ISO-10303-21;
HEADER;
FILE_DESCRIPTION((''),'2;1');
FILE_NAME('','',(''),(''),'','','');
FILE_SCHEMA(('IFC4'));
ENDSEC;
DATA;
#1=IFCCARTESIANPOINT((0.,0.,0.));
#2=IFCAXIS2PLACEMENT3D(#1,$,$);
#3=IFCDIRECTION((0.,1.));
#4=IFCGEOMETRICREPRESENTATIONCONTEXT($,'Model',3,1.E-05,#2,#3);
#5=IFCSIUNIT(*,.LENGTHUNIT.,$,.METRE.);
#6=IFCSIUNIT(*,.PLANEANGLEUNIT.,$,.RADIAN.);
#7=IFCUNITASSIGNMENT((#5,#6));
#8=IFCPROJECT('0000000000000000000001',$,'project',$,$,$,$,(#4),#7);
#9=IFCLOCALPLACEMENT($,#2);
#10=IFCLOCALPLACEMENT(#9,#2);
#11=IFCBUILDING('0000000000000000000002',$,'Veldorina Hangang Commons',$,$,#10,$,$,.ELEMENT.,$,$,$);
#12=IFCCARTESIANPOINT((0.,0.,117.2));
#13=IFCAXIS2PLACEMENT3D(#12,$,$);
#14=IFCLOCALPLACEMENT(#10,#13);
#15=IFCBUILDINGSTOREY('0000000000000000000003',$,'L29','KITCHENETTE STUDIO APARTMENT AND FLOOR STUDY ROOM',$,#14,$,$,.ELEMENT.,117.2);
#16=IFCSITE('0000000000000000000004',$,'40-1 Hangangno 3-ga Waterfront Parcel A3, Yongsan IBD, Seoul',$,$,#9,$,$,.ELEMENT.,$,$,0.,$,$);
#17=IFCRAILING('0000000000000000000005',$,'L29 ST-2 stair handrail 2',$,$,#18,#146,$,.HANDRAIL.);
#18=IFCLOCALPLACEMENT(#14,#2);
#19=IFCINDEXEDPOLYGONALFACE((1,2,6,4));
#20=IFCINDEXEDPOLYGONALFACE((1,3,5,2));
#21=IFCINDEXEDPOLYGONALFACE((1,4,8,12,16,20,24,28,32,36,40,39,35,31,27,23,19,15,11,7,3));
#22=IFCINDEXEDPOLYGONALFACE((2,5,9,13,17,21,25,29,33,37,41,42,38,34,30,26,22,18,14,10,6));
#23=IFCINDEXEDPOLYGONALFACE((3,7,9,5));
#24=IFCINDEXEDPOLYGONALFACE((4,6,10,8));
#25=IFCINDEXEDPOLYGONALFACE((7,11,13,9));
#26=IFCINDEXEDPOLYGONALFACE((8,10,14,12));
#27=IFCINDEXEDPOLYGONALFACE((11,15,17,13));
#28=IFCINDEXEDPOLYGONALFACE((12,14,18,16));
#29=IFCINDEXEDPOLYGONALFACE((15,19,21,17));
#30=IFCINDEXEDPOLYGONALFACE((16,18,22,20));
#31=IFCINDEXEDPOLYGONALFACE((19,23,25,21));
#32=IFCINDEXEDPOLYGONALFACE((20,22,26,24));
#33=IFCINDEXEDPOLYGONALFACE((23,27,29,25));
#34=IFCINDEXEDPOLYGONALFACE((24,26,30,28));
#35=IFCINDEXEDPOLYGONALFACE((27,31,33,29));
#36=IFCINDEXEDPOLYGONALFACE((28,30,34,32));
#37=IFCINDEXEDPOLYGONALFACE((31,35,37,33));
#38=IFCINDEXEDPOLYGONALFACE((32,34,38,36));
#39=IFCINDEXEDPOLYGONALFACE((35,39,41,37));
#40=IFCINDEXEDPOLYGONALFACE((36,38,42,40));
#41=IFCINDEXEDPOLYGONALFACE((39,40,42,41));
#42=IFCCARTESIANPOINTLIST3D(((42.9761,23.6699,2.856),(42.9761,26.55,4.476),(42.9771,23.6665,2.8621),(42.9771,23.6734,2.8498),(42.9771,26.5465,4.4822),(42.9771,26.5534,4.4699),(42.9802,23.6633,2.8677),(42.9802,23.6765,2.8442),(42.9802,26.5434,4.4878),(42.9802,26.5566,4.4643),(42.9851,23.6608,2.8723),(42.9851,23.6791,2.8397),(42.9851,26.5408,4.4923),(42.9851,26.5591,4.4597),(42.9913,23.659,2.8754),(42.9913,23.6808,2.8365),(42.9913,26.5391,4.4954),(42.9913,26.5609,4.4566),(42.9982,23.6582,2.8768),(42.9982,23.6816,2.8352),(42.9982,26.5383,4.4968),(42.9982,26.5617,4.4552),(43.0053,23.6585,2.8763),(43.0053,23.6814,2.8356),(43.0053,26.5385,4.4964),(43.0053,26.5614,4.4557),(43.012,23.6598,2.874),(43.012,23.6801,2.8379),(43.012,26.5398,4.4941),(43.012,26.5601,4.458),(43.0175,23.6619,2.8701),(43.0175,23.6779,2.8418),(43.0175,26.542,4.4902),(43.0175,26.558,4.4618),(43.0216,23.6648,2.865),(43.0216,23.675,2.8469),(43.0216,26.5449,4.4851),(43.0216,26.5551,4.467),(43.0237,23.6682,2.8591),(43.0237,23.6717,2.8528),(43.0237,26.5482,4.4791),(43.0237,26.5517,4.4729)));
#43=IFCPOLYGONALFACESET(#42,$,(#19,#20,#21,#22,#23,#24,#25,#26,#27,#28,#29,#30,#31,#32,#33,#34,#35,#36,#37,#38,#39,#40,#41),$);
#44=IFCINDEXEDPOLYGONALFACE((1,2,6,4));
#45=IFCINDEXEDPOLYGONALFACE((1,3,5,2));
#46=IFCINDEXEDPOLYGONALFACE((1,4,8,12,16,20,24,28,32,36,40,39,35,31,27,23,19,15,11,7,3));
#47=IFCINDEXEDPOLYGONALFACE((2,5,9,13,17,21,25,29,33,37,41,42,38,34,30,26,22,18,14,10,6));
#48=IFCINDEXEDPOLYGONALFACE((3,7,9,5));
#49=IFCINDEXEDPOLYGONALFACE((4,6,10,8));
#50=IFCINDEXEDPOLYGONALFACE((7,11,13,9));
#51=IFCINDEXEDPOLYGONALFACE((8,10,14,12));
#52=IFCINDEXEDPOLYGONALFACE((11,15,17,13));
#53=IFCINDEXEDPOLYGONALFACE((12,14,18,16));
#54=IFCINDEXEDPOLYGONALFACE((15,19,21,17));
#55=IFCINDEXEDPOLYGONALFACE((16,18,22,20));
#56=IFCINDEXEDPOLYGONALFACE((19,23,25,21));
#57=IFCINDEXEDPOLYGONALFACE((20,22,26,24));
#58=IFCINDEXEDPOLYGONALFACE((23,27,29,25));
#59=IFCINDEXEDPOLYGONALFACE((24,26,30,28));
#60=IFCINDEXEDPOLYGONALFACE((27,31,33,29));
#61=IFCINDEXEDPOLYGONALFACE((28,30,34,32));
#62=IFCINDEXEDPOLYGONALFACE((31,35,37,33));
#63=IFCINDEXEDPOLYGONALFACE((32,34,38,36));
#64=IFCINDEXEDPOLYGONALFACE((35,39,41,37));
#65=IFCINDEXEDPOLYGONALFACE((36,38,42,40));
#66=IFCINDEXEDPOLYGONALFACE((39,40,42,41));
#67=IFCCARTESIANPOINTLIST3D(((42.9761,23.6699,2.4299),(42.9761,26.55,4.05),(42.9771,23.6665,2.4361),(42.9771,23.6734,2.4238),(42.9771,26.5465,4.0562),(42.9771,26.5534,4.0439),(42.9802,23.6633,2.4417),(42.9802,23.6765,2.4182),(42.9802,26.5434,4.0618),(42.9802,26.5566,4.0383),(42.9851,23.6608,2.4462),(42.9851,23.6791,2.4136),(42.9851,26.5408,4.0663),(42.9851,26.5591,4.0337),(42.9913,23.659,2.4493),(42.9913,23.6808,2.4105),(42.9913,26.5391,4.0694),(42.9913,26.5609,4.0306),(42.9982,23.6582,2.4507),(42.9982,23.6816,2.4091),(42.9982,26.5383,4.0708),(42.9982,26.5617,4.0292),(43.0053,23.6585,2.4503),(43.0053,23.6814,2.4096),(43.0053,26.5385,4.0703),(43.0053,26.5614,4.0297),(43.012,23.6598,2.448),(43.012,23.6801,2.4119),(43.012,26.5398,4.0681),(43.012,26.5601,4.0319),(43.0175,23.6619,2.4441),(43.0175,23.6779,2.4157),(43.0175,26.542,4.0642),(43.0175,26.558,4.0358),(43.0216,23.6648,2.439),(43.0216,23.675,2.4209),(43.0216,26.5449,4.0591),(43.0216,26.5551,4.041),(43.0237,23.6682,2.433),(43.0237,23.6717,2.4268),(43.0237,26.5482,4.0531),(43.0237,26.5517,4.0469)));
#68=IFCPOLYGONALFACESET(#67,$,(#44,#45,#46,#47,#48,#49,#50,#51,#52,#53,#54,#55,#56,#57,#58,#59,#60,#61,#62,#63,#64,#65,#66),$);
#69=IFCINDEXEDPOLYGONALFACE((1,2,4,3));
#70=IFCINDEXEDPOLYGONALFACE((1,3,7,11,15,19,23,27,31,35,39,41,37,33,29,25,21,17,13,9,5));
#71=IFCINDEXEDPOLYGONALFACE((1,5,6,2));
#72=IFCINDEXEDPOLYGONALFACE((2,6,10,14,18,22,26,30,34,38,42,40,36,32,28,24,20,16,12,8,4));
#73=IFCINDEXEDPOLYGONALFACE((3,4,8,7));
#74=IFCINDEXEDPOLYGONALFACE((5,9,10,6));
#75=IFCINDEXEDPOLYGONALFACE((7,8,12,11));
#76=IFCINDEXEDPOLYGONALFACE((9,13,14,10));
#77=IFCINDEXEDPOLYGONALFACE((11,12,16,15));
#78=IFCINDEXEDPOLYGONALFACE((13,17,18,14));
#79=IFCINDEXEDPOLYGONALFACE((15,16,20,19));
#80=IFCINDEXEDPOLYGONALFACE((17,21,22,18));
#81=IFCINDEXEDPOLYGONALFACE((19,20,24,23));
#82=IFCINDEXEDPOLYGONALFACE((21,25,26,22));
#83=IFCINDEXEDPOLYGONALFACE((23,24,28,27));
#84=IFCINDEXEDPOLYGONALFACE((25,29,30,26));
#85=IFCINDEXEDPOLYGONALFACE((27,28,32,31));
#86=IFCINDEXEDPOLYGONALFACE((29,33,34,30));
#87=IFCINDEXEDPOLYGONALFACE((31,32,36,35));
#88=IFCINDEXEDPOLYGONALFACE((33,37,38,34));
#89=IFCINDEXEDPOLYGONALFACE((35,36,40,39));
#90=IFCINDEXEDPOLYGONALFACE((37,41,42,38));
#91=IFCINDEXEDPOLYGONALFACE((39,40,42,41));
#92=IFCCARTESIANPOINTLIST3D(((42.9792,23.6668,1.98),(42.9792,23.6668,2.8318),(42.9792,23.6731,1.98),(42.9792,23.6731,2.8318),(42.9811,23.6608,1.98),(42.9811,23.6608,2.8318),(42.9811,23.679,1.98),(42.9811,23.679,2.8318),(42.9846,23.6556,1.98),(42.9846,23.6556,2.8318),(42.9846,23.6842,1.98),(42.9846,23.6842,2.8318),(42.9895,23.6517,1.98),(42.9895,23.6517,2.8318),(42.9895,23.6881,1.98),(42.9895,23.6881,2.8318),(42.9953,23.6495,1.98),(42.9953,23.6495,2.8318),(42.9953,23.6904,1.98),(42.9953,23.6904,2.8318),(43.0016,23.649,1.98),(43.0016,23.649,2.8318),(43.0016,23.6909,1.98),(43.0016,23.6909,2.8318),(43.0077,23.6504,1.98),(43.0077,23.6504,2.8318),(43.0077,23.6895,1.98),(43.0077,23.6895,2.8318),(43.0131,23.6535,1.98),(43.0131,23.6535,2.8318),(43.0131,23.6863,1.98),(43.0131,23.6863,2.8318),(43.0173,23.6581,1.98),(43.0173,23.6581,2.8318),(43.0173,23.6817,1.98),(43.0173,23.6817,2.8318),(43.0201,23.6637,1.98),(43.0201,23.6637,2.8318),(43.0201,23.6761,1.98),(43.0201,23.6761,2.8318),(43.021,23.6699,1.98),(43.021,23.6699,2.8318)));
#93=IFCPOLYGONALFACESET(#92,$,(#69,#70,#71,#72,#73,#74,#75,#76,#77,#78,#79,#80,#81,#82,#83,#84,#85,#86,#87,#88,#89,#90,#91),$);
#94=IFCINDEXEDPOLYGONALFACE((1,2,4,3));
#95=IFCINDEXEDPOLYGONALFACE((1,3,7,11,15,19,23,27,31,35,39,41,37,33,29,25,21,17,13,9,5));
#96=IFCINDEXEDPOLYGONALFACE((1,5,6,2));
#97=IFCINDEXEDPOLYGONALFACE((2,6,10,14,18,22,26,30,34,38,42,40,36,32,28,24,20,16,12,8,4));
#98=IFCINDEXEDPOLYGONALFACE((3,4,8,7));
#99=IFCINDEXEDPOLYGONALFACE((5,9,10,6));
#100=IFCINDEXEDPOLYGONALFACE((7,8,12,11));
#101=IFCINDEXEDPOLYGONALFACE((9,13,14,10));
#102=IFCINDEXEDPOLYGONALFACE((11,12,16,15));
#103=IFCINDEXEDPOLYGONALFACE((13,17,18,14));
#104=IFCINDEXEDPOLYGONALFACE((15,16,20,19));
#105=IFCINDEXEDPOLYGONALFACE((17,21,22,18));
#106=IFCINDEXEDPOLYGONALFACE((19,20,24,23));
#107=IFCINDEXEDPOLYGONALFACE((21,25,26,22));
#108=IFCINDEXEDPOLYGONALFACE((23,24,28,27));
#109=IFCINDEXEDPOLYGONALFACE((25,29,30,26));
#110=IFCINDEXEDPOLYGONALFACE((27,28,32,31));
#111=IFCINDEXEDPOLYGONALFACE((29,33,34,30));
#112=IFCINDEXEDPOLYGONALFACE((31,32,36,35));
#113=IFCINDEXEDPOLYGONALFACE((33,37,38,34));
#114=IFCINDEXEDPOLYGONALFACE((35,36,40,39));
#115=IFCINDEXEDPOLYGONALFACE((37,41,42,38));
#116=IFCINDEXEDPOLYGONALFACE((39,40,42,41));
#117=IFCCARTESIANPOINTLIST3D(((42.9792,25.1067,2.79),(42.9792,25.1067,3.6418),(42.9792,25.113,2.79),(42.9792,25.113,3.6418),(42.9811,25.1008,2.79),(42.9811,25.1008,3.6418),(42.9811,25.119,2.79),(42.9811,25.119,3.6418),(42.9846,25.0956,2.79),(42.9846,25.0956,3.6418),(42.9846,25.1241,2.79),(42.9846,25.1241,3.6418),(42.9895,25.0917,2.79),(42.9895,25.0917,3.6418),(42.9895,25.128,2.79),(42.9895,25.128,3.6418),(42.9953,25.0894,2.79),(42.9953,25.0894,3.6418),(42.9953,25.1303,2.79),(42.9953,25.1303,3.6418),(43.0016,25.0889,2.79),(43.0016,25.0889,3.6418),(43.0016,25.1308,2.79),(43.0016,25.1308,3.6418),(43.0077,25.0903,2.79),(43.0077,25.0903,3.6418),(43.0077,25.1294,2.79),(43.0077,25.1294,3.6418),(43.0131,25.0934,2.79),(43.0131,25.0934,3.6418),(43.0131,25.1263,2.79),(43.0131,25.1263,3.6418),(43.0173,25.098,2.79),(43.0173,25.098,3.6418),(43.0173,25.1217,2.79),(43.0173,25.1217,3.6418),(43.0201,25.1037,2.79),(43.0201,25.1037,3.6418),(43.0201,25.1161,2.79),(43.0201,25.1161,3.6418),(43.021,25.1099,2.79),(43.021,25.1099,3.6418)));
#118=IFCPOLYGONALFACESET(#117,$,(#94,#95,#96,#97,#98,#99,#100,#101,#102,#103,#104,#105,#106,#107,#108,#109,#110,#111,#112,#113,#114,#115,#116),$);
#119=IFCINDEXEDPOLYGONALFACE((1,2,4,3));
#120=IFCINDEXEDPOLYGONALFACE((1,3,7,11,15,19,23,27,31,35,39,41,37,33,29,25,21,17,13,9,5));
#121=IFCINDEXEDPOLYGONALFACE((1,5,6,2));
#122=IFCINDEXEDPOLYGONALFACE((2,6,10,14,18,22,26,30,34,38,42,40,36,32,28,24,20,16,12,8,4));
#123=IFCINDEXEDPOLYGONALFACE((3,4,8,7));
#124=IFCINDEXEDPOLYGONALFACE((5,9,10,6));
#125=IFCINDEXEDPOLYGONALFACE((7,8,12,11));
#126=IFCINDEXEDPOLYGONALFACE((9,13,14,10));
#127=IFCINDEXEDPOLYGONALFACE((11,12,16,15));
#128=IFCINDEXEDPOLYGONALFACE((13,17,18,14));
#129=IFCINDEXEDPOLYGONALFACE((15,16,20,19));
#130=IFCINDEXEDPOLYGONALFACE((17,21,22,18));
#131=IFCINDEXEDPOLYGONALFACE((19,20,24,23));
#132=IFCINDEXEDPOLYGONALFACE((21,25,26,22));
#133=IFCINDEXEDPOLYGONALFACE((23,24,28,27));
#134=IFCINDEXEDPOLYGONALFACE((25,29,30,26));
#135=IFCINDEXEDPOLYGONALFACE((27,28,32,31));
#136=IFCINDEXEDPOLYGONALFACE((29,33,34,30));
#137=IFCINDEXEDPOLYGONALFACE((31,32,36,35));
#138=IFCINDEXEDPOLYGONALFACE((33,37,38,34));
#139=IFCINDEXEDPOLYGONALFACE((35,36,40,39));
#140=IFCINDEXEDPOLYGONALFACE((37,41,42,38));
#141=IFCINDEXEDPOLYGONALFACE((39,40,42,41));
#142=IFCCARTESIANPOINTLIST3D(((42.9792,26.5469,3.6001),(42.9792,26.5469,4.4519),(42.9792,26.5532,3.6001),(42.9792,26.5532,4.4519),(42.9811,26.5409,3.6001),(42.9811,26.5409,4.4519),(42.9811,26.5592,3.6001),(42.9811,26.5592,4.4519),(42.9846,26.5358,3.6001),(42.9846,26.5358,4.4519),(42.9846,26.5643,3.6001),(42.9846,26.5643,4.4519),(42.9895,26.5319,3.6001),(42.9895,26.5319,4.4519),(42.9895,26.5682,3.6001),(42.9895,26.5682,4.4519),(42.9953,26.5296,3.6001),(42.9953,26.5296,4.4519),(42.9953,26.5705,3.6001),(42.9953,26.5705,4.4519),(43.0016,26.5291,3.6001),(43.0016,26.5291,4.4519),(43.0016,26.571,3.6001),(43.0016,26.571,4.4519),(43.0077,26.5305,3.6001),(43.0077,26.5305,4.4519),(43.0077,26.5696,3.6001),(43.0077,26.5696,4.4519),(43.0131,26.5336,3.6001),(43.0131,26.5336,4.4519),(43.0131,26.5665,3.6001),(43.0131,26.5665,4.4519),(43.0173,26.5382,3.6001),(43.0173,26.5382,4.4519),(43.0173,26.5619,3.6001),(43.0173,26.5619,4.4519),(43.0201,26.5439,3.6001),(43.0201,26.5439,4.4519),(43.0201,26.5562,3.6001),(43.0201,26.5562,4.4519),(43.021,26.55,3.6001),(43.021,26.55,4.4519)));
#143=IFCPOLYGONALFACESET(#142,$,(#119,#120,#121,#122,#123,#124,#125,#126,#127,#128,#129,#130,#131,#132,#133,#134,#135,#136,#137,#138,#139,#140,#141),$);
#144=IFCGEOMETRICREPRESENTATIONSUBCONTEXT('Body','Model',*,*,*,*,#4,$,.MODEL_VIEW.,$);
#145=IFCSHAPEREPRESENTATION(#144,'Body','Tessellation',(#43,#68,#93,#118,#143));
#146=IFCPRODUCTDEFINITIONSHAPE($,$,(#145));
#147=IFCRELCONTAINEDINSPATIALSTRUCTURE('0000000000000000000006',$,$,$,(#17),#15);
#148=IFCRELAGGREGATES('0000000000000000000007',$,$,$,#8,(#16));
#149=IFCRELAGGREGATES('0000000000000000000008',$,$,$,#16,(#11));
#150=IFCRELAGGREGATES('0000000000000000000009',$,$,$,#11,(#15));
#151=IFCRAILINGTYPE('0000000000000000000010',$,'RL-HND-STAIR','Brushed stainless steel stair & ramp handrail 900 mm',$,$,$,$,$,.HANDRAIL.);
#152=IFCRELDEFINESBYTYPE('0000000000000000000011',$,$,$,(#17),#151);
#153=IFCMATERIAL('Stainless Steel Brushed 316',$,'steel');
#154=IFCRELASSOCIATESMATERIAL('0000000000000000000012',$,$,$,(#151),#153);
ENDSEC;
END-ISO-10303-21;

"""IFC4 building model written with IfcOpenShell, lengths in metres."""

from ifc_helpers import new_model, si_unit, direction, frame, origin, origin_2d, place, context, subcontext, project, spatial, circle, extrude, material, type_object, element, save


model = new_model("IFC4")

# Units and contexts
model_context = context("Model", 3, precision=1e-05, world=origin(), true_north=direction((0.0, 1.0)))
body_context = subcontext(model_context, "Body", "Model", "MODEL_VIEW")
ifc_project = project(units=[si_unit("LENGTHUNIT", "METRE"), si_unit("PLANEANGLEUNIT", "RADIAN")], contexts=[model_context])

# Site, building, storey
site_placement = place(None, origin())
site = spatial("IfcSite", under=ifc_project, at=site_placement, Name="40-1 Hangangno 3-ga Waterfront Parcel A3, Yongsan IBD, Seoul", CompositionType="ELEMENT", RefElevation=0.0)
building_placement = place(site_placement, origin())
building = spatial("IfcBuilding", under=site, at=building_placement, Name="Veldorina Hangang Commons", CompositionType="ELEMENT")
storey_placement = place(building_placement, frame((0.0, 0.0, 117.2)))
storey = spatial("IfcBuildingStorey", under=building, at=storey_placement, Name="L29", Description="KITCHENETTE STUDIO APARTMENT AND FLOOR STUDY ROOM", CompositionType="ELEMENT", Elevation=117.2)

# Railing
ifc_material_1 = material(Name="Stainless Steel Brushed 316", Category="steel")
railing_type_1 = type_object("IfcRailingType", Name="RL-HND-STAIR", Description="Brushed stainless steel stair & ramp handrail 900 mm", PredefinedType="HANDRAIL", material=ifc_material_1)
railing_1_placement = place(storey_placement, frame((43.0, 23.6699, 1.98)))
element("IfcRailing", 1, at=railing_1_placement, inside=storey, type_object=railing_type_1, Name="L29 ST-2 stair handrail 2", PredefinedType="HANDRAIL", context=body_context, shape_type="SweptSolid", body=[
    extrude(circle(Radius=0.0239, at=origin_2d()), frame((0.0, 0.0, 0.876), z_axis=(0.0, 0.87157, 0.490272), x_axis=(-1.0, 0.0, 0.0)), (0.0, 0.0, 1.0), 3.3044),
    extrude(circle(Radius=0.0239, at=origin_2d()), frame((0.0, 0.0, 0.45), z_axis=(0.0, 0.87157, 0.490272), x_axis=(-1.0, 0.0, 0.0)), (0.0, 0.0, 1.0), 3.3044),
    extrude(circle(Radius=0.021, at=origin_2d()), origin(), (0.0, 0.0, 1.0), 0.8518),
    extrude(circle(Radius=0.021, at=origin_2d()), frame((0.0, 1.4399, 0.8101)), (0.0, 0.0, 1.0), 0.8518),
    extrude(circle(Radius=0.021, at=origin_2d()), frame((0.0, 2.8801, 1.6201)), (0.0, 0.0, 1.0), 0.8518),
])

save(model, "model.ifc")
